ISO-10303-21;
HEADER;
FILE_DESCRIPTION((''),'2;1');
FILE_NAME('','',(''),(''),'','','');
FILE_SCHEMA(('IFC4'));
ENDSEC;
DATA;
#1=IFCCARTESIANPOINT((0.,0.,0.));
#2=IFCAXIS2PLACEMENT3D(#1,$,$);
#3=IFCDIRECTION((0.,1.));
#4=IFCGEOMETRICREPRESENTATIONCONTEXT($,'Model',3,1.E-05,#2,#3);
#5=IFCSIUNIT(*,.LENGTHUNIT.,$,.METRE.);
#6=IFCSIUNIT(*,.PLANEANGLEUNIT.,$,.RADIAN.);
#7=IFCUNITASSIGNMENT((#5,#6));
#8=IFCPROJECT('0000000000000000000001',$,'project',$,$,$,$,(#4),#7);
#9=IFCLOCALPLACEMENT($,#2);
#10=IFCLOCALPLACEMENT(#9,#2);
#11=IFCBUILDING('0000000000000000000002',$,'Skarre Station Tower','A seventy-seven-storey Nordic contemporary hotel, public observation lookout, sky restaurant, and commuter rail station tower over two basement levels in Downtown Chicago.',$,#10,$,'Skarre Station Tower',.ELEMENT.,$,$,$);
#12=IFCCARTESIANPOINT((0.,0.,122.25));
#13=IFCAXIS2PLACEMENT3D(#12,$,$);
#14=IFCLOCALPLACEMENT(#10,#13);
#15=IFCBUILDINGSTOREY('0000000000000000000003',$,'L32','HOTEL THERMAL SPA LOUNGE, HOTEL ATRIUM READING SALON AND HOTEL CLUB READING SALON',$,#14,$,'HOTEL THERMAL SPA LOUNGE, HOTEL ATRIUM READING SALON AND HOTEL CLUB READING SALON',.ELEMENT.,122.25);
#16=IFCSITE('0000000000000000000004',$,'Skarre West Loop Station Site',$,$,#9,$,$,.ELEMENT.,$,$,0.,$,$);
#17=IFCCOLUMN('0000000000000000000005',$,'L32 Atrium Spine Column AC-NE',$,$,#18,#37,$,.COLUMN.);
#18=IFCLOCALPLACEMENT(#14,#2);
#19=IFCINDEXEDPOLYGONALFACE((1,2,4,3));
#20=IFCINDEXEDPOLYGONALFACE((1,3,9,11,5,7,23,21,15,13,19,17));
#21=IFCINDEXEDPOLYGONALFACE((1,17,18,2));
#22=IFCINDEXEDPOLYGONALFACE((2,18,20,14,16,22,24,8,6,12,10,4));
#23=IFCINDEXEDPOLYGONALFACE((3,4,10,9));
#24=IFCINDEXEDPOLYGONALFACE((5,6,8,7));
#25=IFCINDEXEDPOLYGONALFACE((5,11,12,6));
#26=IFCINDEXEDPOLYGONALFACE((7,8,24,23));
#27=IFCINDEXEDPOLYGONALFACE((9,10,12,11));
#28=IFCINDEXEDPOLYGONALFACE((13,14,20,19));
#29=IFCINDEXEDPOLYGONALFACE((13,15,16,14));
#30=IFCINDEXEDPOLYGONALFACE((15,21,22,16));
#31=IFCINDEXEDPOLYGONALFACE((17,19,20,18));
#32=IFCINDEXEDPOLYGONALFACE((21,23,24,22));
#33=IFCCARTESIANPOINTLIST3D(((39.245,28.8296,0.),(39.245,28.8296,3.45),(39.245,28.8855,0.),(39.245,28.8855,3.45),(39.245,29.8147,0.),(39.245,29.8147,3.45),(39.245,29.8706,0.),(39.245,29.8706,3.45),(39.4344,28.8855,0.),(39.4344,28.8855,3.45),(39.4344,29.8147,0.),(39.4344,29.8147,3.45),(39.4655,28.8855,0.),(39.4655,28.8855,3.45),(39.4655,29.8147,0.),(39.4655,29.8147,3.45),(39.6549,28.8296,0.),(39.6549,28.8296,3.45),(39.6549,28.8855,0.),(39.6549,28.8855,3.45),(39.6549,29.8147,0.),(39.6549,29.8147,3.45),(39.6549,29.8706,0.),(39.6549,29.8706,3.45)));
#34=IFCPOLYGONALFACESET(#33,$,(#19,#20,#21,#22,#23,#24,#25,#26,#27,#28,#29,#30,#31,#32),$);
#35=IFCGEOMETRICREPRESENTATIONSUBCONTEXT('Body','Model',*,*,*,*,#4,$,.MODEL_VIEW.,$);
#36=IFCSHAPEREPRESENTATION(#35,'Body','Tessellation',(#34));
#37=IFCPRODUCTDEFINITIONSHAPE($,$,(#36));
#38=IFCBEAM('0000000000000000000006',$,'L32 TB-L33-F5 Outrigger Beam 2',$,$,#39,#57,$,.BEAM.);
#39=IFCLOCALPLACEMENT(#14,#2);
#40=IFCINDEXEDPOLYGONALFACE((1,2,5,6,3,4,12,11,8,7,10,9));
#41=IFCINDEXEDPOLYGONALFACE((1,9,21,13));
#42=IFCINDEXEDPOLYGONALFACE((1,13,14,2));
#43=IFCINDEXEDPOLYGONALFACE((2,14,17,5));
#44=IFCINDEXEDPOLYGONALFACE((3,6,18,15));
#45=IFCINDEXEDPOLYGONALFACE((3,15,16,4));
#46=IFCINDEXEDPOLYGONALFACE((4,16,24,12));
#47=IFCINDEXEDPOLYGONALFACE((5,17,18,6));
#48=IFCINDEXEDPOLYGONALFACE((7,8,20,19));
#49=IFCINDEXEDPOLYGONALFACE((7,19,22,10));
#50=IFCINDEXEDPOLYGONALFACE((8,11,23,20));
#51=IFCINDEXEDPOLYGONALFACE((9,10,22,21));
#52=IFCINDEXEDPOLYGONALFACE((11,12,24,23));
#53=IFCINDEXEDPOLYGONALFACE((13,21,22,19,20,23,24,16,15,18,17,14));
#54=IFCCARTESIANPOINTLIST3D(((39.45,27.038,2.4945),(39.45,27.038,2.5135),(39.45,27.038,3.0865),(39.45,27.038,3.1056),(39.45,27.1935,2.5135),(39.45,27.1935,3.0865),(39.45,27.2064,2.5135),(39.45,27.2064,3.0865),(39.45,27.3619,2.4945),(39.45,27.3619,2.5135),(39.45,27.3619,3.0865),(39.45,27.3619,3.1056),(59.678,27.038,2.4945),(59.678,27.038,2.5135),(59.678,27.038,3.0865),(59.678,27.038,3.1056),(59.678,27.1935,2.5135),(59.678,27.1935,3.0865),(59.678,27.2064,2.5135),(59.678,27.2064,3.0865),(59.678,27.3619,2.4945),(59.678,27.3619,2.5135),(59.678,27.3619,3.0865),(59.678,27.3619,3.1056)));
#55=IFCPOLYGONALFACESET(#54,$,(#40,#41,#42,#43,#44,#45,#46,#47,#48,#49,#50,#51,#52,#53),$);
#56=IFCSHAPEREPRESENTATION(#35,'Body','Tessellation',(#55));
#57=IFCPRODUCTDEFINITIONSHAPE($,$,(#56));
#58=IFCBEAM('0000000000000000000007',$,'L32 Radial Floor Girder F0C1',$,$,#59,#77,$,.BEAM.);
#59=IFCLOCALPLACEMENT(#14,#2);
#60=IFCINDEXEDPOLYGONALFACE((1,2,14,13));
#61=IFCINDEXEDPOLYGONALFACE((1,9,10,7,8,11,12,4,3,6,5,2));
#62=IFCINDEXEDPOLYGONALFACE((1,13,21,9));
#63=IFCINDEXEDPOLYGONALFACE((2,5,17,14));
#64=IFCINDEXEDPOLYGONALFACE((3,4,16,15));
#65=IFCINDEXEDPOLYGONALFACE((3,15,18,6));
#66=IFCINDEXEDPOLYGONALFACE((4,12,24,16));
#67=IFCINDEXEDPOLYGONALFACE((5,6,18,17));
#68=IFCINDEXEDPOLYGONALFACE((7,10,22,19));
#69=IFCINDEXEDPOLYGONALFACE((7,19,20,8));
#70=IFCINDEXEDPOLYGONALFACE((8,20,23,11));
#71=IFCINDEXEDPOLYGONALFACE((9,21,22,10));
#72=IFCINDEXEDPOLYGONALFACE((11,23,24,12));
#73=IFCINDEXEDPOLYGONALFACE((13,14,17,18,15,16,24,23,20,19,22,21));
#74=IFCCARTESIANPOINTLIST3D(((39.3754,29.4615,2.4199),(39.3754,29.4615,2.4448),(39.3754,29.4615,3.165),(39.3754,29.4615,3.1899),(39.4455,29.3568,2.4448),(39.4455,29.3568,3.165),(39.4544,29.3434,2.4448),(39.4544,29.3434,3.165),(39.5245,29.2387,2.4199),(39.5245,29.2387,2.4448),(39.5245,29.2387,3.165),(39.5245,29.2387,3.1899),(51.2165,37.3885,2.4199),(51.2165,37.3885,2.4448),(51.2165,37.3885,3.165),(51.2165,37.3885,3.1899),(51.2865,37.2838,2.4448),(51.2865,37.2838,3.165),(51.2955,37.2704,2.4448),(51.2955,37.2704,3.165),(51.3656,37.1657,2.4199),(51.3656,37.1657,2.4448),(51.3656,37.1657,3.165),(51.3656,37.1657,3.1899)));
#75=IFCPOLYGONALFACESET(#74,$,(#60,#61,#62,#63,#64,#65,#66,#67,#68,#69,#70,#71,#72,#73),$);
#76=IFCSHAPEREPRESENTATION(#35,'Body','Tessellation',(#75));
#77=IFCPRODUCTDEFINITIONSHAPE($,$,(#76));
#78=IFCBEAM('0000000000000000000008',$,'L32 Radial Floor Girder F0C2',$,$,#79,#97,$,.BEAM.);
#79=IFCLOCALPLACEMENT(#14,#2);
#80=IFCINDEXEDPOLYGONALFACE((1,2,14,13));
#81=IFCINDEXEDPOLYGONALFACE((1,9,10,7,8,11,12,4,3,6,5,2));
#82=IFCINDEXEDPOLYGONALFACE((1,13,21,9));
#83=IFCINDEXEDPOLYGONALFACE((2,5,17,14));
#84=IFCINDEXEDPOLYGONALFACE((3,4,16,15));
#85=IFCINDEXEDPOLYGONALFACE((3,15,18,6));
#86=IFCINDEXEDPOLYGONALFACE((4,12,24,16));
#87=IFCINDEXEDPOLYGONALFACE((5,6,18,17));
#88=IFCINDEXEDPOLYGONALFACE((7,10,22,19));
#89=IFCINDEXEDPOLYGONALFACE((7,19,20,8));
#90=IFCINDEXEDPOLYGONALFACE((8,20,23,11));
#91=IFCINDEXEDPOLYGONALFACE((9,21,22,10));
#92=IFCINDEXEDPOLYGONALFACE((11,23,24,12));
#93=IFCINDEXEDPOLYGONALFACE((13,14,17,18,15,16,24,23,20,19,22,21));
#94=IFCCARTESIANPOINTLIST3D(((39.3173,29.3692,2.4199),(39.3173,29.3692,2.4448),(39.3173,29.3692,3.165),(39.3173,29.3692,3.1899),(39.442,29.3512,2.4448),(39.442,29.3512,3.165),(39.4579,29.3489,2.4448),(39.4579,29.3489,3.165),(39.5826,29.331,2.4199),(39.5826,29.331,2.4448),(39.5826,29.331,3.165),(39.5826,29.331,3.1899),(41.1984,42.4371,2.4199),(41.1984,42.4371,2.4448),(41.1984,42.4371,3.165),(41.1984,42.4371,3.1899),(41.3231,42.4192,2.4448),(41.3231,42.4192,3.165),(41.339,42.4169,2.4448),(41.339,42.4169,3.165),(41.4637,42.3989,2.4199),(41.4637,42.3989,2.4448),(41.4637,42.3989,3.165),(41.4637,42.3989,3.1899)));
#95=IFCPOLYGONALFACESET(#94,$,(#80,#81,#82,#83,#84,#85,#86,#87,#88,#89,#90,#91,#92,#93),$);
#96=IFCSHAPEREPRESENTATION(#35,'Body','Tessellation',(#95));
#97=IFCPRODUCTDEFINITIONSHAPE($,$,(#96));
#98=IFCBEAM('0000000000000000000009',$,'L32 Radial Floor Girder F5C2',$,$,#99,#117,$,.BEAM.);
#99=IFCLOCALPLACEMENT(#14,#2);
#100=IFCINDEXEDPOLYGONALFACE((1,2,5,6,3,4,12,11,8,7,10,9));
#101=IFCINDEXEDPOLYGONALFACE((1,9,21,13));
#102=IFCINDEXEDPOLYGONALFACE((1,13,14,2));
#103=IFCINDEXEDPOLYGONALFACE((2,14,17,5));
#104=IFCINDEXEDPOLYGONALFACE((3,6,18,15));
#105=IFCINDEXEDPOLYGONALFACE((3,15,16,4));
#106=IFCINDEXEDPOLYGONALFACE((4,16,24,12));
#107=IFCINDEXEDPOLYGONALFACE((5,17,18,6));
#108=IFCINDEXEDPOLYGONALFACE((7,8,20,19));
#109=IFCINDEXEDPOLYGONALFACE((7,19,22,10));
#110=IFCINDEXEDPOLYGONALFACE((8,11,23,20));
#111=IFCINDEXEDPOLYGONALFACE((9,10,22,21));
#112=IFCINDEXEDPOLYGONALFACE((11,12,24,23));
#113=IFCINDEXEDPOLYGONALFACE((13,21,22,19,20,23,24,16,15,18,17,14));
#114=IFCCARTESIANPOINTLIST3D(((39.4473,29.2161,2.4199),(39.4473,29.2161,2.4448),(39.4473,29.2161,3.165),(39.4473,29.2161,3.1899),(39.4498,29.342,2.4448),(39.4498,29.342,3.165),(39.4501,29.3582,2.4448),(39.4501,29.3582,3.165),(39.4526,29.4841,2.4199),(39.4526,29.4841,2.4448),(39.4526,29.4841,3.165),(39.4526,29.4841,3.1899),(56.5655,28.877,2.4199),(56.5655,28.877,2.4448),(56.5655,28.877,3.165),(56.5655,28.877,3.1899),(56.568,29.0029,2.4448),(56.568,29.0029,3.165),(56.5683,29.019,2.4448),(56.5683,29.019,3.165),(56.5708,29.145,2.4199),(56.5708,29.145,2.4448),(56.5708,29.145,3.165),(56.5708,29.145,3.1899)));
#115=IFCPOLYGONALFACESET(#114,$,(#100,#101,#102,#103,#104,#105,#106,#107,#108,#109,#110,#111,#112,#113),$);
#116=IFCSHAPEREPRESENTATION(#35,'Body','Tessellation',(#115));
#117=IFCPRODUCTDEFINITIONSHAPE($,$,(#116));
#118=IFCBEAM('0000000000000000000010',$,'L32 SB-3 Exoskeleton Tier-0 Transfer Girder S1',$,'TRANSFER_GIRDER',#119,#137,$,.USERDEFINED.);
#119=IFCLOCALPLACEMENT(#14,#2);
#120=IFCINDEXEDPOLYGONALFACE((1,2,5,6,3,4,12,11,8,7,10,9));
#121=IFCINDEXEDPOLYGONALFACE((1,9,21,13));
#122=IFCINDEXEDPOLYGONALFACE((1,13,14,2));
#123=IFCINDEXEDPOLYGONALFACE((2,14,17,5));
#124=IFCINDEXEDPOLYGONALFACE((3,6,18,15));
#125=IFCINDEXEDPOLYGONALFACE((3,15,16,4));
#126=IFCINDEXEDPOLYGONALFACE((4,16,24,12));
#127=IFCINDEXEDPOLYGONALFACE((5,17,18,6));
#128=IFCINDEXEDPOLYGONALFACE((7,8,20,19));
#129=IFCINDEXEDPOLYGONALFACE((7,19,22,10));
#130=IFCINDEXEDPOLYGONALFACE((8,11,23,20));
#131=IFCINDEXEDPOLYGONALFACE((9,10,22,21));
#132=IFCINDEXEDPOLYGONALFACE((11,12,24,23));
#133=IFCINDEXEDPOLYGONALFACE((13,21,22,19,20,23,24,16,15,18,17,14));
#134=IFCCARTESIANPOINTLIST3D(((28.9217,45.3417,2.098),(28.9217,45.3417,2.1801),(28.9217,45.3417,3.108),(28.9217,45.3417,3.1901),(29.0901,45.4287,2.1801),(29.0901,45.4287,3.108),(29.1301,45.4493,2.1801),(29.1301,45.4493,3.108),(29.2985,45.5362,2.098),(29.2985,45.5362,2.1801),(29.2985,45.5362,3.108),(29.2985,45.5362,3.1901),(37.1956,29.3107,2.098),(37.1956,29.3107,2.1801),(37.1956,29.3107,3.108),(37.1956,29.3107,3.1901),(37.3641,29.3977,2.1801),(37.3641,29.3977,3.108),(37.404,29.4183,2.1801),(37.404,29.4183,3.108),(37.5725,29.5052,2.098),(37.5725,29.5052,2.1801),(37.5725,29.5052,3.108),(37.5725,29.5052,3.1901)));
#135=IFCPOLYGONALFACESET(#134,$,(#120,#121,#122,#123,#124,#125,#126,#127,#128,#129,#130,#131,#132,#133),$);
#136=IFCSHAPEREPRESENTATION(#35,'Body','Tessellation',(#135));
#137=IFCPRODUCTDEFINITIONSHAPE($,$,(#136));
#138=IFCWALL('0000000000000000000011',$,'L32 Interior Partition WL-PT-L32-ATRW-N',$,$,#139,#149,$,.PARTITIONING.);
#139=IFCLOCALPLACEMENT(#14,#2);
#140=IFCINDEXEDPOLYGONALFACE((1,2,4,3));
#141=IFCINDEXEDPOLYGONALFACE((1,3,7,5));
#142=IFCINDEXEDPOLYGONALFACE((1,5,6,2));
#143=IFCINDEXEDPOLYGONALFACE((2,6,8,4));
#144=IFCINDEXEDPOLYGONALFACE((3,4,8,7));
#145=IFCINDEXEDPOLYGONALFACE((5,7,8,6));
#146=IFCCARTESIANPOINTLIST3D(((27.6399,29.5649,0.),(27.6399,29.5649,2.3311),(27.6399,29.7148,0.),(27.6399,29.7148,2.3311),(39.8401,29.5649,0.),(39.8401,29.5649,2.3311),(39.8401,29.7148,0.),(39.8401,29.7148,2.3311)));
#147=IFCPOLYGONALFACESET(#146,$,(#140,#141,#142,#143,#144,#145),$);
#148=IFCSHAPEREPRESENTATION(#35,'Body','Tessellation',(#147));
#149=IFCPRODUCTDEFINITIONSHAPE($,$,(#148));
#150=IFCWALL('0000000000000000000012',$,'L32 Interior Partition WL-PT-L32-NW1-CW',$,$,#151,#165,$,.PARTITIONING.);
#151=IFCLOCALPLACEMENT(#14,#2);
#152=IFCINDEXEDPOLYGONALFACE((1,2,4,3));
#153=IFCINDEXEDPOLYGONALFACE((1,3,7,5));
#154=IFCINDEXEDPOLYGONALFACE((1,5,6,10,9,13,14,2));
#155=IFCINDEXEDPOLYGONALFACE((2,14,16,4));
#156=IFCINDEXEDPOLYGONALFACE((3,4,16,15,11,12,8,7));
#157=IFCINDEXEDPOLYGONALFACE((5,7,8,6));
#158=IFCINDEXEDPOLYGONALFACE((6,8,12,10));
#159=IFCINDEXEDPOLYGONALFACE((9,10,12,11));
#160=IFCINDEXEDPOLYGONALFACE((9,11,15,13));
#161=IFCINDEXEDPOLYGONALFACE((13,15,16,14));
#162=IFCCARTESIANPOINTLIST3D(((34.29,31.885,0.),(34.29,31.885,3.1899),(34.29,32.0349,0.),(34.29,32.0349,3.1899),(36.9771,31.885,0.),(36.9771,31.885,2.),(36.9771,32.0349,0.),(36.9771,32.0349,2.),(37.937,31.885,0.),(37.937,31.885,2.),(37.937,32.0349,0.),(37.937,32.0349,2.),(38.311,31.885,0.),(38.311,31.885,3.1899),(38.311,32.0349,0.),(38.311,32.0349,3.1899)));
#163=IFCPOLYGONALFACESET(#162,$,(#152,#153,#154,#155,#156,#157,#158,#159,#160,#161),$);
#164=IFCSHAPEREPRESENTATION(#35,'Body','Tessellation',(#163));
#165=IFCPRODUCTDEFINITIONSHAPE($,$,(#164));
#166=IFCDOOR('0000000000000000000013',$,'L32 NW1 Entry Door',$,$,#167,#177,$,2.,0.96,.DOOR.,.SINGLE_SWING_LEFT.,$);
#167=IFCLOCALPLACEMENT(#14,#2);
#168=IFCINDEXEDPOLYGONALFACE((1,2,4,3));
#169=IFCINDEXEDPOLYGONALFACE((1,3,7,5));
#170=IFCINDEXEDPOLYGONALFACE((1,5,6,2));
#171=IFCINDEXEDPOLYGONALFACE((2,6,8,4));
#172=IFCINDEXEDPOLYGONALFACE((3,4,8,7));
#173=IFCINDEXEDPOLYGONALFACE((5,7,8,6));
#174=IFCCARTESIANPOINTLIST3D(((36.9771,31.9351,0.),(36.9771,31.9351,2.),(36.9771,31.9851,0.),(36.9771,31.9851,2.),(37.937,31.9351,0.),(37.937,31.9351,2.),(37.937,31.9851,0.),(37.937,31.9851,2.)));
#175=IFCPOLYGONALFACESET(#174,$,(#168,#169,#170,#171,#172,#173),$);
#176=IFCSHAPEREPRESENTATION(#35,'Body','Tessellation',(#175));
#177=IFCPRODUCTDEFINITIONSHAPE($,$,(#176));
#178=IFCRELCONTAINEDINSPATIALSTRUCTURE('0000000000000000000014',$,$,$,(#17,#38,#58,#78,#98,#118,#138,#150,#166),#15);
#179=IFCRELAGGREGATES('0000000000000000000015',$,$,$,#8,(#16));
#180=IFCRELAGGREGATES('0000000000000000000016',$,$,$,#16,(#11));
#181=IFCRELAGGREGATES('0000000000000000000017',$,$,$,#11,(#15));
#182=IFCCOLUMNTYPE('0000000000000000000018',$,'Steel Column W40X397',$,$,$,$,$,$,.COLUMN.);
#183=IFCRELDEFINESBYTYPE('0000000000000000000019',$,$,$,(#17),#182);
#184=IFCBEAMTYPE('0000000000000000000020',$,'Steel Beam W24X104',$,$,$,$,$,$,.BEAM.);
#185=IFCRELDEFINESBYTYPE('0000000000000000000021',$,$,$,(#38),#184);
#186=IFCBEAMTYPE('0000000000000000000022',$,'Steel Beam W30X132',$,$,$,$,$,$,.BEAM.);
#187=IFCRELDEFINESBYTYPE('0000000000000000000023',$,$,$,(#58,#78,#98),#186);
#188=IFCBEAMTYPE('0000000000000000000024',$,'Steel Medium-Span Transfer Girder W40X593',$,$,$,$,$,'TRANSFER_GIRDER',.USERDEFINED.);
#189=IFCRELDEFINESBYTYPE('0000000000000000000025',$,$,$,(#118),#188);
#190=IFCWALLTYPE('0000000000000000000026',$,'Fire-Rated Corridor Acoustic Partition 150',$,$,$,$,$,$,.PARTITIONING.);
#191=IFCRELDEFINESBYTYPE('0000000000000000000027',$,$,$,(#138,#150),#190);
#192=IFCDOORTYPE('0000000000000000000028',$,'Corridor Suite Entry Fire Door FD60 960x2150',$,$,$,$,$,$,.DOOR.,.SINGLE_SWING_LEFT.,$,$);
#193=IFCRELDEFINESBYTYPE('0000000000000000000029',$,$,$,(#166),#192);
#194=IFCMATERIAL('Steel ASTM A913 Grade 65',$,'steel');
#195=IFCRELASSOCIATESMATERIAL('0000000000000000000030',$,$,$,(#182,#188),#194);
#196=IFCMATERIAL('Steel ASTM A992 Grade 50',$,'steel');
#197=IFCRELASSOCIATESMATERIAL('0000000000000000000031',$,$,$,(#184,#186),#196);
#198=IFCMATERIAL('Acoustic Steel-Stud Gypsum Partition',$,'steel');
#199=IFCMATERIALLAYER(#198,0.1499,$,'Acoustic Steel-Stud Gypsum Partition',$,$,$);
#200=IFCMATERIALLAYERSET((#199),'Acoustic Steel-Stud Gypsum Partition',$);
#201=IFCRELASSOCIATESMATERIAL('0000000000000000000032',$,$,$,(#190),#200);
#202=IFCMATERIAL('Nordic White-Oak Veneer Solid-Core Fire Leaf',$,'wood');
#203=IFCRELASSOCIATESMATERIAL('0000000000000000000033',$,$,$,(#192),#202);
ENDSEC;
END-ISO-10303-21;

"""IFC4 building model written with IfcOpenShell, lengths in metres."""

from ifc_helpers import new_model, si_unit, direction, frame, frame_2d, origin, origin_2d, place, context, subcontext, project, spatial, rectangle, i_section, extrude, material, layer, layer_set, material_profile, profile_set, type_object, element, fill, save


model = new_model("IFC4")

# Units and contexts
model_context = context("Model", 3, precision=1e-05, world=origin(), true_north=direction((0.0, 1.0)))
body_context = subcontext(model_context, "Body", "Model", "MODEL_VIEW")
ifc_project = project(units=[si_unit("LENGTHUNIT", "METRE"), si_unit("PLANEANGLEUNIT", "RADIAN")], contexts=[model_context])

# Site, building, storey
site_placement = place(None, origin())
site = spatial("IfcSite", under=ifc_project, at=site_placement, Name="Skarre West Loop Station Site", CompositionType="ELEMENT", RefElevation=0.0)
building_placement = place(site_placement, origin())
building = spatial("IfcBuilding", under=site, at=building_placement, Name="Skarre Station Tower", Description="A seventy-seven-storey Nordic contemporary hotel, public observation lookout, sky restaurant, and commuter rail station tower over two basement levels in Downtown Chicago.", LongName="Skarre Station Tower", CompositionType="ELEMENT")
storey_placement = place(building_placement, frame((0.0, 0.0, 122.25)))
storey = spatial("IfcBuildingStorey", under=building, at=storey_placement, Name="L32", Description="HOTEL THERMAL SPA LOUNGE, HOTEL ATRIUM READING SALON AND HOTEL CLUB READING SALON", LongName="HOTEL THERMAL SPA LOUNGE, HOTEL ATRIUM READING SALON AND HOTEL CLUB READING SALON", CompositionType="ELEMENT", Elevation=122.25)

# Column
ifc_material_1 = material(Name="Steel ASTM A913 Grade 65", Category="steel")
ifc_material_profile_1 = material_profile(ifc_material_1, i_section(OverallWidth=0.4099, OverallDepth=1.041, WebThickness=0.031, FlangeThickness=0.0559, at=origin_2d()), Name="Steel ASTM A913 Grade 65")
ifc_profile_set_1 = profile_set([ifc_material_profile_1], Name="Steel ASTM A913 Grade 65")
column_type = type_object("IfcColumnType", Name="Steel Column W40X397", PredefinedType="COLUMN", material=ifc_profile_set_1)
column_placement = place(storey_placement, frame((39.45, 29.3501, 0.0), z_axis=(0.0, 0.0, 1.0), x_axis=(1.0, 0.0, 0.0)))
element("IfcColumn", 1, at=column_placement, inside=storey, type_object=column_type, Name="L32 Atrium Spine Column AC-NE", PredefinedType="COLUMN", context=body_context, shape_type="SweptSolid", body=[
    extrude(i_section(OverallWidth=0.4099, OverallDepth=1.041, WebThickness=0.031, FlangeThickness=0.0559, at=origin_2d()), origin(), (0.0, 0.0, 1.0), 3.45),
])

# Beams
ifc_material_2 = material(Name="Steel ASTM A992 Grade 50", Category="steel")
ifc_material_profile_2 = material_profile(ifc_material_2, i_section(OverallWidth=0.324, OverallDepth=0.6111, WebThickness=0.0129, FlangeThickness=0.019, at=origin_2d()), Name="Steel ASTM A992 Grade 50")
ifc_profile_set_2 = profile_set([ifc_material_profile_2], Name="Steel ASTM A992 Grade 50")
beam_type_1 = type_object("IfcBeamType", Name="Steel Beam W24X104", PredefinedType="BEAM", material=ifc_profile_set_2)
beam_1_placement = place(storey_placement, frame((39.45, 27.2, 2.8), z_axis=(1.0, 0.0, 0.0), x_axis=(0.0, 1.0, 0.0)))
element("IfcBeam", 2, at=beam_1_placement, inside=storey, type_object=beam_type_1, Name="L32 TB-L33-F5 Outrigger Beam 2", PredefinedType="BEAM", context=body_context, shape_type="SweptSolid", body=[
    extrude(i_section(OverallWidth=0.324, OverallDepth=0.6111, WebThickness=0.0129, FlangeThickness=0.019, at=origin_2d()), origin(), (0.0, 0.0, 1.0), 20.228),
])
ifc_material_profile_3 = material_profile(ifc_material_2, i_section(OverallWidth=0.2681, OverallDepth=0.77, WebThickness=0.0161, FlangeThickness=0.0249, at=origin_2d()), Name="Steel ASTM A992 Grade 50")
ifc_profile_set_3 = profile_set([ifc_material_profile_3], Name="Steel ASTM A992 Grade 50")
beam_type_2 = type_object("IfcBeamType", Name="Steel Beam W30X132", PredefinedType="BEAM", material=ifc_profile_set_3)
beam_2_placement = place(storey_placement, frame((39.45, 29.3501, 2.8049), z_axis=(0.830981, 0.5563, 0.0), x_axis=(-0.5563, 0.830981, 0.0)))
element("IfcBeam", 3, at=beam_2_placement, inside=storey, type_object=beam_type_2, Name="L32 Radial Floor Girder F0C1", PredefinedType="BEAM", context=body_context, shape_type="SweptSolid", body=[
    extrude(i_section(OverallWidth=0.2681, OverallDepth=0.77, WebThickness=0.0161, FlangeThickness=0.0249, at=origin_2d()), origin(), (0.0, 0.0, 1.0), 14.2495),
])
beam_3_placement = place(storey_placement, frame((39.45, 29.3501, 2.8049), z_axis=(0.14248, 0.989798, 0.0), x_axis=(-0.989798, 0.14248, 0.0)))
element("IfcBeam", 4, at=beam_3_placement, inside=storey, type_object=beam_type_2, Name="L32 Radial Floor Girder F0C2", PredefinedType="BEAM", context=body_context, shape_type="SweptSolid", body=[
    extrude(i_section(OverallWidth=0.2681, OverallDepth=0.77, WebThickness=0.0161, FlangeThickness=0.0249, at=origin_2d()), origin(), (0.0, 0.0, 1.0), 13.2026),
])
beam_4_placement = place(storey_placement, frame((39.45, 29.3501, 2.8049), z_axis=(0.999804, -0.019806, 0.0), x_axis=(0.019806, 0.999804, 0.0)))
element("IfcBeam", 5, at=beam_4_placement, inside=storey, type_object=beam_type_2, Name="L32 Radial Floor Girder F5C2", PredefinedType="BEAM", context=body_context, shape_type="SweptSolid", body=[
    extrude(i_section(OverallWidth=0.2681, OverallDepth=0.77, WebThickness=0.0161, FlangeThickness=0.0249, at=origin_2d()), origin(), (0.0, 0.0, 1.0), 17.1216),
])
ifc_material_profile_4 = material_profile(ifc_material_1, i_section(OverallWidth=0.4241, OverallDepth=1.092, WebThickness=0.0449, FlangeThickness=0.082, at=origin_2d()), Name="Steel ASTM A913 Grade 65")
ifc_profile_set_4 = profile_set([ifc_material_profile_4], Name="Steel ASTM A913 Grade 65")
beam_type_3 = type_object("IfcBeamType", Name="Steel Medium-Span Transfer Girder W40X593", ElementType="TRANSFER_GIRDER", PredefinedType="USERDEFINED", material=ifc_profile_set_4)
beam_5_placement = place(storey_placement, frame((37.384, 29.408, 2.644), z_axis=(-0.458637, 0.888624, 0.0), x_axis=(-0.888624, -0.458637, 0.0)))
element("IfcBeam", 6, at=beam_5_placement, inside=storey, type_object=beam_type_3, Name="L32 SB-3 Exoskeleton Tier-0 Transfer Girder S1", ObjectType="TRANSFER_GIRDER", PredefinedType="USERDEFINED", context=body_context, shape_type="SweptSolid", body=[
    extrude(i_section(OverallWidth=0.4241, OverallDepth=1.092, WebThickness=0.0449, FlangeThickness=0.082, at=origin_2d()), origin(), (0.0, 0.0, 1.0), 18.0403),
])

# Wall
ifc_material_3 = material(Name="Acoustic Steel-Stud Gypsum Partition", Category="steel")
ifc_layer_1 = layer(ifc_material_3, 0.1499, Name="Acoustic Steel-Stud Gypsum Partition")
ifc_layer_set_1 = layer_set([ifc_layer_1], Name="Acoustic Steel-Stud Gypsum Partition")
wall_type_1 = type_object("IfcWallType", Name="Fire-Rated Corridor Acoustic Partition 150", PredefinedType="PARTITIONING", material=ifc_layer_set_1)
wall_1_placement = place(storey_placement, frame((39.8401, 29.6399, 0.0), z_axis=(0.0, 0.0, 1.0), x_axis=(-1.0, 0.0, 0.0)))
element("IfcWall", 7, at=wall_1_placement, inside=storey, type_object=wall_type_1, Name="L32 Interior Partition WL-PT-L32-ATRW-N", PredefinedType="PARTITIONING", context=body_context, shape_type="SweptSolid", body=[
    extrude(rectangle(XDim=12.2002, YDim=0.1499, at=frame_2d((6.1001, 0.0))), origin(), (0.0, 0.0, 1.0), 2.3311),
])

# Wall, opening, door
wall_2_placement = place(storey_placement, frame((38.311, 31.96, 0.0), z_axis=(0.0, 0.0, 1.0), x_axis=(-1.0, 0.0, 0.0)))
wall_2 = element("IfcWall", 8, at=wall_2_placement, inside=storey, type_object=wall_type_1, Name="L32 Interior Partition WL-PT-L32-NW1-CW", PredefinedType="PARTITIONING", context=body_context, shape_type="SweptSolid", body=[
    extrude(rectangle(XDim=4.021, YDim=0.1499, at=frame_2d((2.0105, 0.0))), origin(), (0.0, 0.0, 1.0), 3.1899),
])
opening_1_placement = place(wall_2_placement, frame((0.374, 0.0, 0.0)))
opening_1 = element("IfcOpeningElement", 9, at=opening_1_placement, cuts=wall_2, PredefinedType="OPENING", context=body_context, shape_type="SweptSolid", body=[
    extrude(rectangle(XDim=0.96, YDim=2.0, at=frame_2d((0.48, 1.0))), frame((0.0, 0.085, 0.0), z_axis=(0.0, -1.0, 0.0), x_axis=(1.0, 0.0, 0.0)), (0.0, 0.0, 1.0), 0.1699),
])
ifc_material_4 = material(Name="Nordic White-Oak Veneer Solid-Core Fire Leaf", Category="wood")
door_type_1 = type_object("IfcDoorType", Name="Corridor Suite Entry Fire Door FD60 960x2150", OperationType="SINGLE_SWING_LEFT", PredefinedType="DOOR", material=ifc_material_4)
door_1_placement = place(opening_1_placement, origin())
door_1 = element("IfcDoor", 10, at=door_1_placement, inside=storey, type_object=door_type_1, Name="L32 NW1 Entry Door", OperationType="SINGLE_SWING_LEFT", OverallHeight=2.0, OverallWidth=0.96, PredefinedType="DOOR", context=body_context, shape_type="SweptSolid", body=[
    extrude(rectangle(XDim=0.96, YDim=2.0, at=frame_2d((0.48, 1.0))), frame((0.0, 0.0249, 0.0), z_axis=(0.0, -1.0, 0.0), x_axis=(1.0, 0.0, 0.0)), (0.0, 0.0, 1.0), 0.05),
])
fill(opening_1, door_1)

save(model, "model.ifc")
